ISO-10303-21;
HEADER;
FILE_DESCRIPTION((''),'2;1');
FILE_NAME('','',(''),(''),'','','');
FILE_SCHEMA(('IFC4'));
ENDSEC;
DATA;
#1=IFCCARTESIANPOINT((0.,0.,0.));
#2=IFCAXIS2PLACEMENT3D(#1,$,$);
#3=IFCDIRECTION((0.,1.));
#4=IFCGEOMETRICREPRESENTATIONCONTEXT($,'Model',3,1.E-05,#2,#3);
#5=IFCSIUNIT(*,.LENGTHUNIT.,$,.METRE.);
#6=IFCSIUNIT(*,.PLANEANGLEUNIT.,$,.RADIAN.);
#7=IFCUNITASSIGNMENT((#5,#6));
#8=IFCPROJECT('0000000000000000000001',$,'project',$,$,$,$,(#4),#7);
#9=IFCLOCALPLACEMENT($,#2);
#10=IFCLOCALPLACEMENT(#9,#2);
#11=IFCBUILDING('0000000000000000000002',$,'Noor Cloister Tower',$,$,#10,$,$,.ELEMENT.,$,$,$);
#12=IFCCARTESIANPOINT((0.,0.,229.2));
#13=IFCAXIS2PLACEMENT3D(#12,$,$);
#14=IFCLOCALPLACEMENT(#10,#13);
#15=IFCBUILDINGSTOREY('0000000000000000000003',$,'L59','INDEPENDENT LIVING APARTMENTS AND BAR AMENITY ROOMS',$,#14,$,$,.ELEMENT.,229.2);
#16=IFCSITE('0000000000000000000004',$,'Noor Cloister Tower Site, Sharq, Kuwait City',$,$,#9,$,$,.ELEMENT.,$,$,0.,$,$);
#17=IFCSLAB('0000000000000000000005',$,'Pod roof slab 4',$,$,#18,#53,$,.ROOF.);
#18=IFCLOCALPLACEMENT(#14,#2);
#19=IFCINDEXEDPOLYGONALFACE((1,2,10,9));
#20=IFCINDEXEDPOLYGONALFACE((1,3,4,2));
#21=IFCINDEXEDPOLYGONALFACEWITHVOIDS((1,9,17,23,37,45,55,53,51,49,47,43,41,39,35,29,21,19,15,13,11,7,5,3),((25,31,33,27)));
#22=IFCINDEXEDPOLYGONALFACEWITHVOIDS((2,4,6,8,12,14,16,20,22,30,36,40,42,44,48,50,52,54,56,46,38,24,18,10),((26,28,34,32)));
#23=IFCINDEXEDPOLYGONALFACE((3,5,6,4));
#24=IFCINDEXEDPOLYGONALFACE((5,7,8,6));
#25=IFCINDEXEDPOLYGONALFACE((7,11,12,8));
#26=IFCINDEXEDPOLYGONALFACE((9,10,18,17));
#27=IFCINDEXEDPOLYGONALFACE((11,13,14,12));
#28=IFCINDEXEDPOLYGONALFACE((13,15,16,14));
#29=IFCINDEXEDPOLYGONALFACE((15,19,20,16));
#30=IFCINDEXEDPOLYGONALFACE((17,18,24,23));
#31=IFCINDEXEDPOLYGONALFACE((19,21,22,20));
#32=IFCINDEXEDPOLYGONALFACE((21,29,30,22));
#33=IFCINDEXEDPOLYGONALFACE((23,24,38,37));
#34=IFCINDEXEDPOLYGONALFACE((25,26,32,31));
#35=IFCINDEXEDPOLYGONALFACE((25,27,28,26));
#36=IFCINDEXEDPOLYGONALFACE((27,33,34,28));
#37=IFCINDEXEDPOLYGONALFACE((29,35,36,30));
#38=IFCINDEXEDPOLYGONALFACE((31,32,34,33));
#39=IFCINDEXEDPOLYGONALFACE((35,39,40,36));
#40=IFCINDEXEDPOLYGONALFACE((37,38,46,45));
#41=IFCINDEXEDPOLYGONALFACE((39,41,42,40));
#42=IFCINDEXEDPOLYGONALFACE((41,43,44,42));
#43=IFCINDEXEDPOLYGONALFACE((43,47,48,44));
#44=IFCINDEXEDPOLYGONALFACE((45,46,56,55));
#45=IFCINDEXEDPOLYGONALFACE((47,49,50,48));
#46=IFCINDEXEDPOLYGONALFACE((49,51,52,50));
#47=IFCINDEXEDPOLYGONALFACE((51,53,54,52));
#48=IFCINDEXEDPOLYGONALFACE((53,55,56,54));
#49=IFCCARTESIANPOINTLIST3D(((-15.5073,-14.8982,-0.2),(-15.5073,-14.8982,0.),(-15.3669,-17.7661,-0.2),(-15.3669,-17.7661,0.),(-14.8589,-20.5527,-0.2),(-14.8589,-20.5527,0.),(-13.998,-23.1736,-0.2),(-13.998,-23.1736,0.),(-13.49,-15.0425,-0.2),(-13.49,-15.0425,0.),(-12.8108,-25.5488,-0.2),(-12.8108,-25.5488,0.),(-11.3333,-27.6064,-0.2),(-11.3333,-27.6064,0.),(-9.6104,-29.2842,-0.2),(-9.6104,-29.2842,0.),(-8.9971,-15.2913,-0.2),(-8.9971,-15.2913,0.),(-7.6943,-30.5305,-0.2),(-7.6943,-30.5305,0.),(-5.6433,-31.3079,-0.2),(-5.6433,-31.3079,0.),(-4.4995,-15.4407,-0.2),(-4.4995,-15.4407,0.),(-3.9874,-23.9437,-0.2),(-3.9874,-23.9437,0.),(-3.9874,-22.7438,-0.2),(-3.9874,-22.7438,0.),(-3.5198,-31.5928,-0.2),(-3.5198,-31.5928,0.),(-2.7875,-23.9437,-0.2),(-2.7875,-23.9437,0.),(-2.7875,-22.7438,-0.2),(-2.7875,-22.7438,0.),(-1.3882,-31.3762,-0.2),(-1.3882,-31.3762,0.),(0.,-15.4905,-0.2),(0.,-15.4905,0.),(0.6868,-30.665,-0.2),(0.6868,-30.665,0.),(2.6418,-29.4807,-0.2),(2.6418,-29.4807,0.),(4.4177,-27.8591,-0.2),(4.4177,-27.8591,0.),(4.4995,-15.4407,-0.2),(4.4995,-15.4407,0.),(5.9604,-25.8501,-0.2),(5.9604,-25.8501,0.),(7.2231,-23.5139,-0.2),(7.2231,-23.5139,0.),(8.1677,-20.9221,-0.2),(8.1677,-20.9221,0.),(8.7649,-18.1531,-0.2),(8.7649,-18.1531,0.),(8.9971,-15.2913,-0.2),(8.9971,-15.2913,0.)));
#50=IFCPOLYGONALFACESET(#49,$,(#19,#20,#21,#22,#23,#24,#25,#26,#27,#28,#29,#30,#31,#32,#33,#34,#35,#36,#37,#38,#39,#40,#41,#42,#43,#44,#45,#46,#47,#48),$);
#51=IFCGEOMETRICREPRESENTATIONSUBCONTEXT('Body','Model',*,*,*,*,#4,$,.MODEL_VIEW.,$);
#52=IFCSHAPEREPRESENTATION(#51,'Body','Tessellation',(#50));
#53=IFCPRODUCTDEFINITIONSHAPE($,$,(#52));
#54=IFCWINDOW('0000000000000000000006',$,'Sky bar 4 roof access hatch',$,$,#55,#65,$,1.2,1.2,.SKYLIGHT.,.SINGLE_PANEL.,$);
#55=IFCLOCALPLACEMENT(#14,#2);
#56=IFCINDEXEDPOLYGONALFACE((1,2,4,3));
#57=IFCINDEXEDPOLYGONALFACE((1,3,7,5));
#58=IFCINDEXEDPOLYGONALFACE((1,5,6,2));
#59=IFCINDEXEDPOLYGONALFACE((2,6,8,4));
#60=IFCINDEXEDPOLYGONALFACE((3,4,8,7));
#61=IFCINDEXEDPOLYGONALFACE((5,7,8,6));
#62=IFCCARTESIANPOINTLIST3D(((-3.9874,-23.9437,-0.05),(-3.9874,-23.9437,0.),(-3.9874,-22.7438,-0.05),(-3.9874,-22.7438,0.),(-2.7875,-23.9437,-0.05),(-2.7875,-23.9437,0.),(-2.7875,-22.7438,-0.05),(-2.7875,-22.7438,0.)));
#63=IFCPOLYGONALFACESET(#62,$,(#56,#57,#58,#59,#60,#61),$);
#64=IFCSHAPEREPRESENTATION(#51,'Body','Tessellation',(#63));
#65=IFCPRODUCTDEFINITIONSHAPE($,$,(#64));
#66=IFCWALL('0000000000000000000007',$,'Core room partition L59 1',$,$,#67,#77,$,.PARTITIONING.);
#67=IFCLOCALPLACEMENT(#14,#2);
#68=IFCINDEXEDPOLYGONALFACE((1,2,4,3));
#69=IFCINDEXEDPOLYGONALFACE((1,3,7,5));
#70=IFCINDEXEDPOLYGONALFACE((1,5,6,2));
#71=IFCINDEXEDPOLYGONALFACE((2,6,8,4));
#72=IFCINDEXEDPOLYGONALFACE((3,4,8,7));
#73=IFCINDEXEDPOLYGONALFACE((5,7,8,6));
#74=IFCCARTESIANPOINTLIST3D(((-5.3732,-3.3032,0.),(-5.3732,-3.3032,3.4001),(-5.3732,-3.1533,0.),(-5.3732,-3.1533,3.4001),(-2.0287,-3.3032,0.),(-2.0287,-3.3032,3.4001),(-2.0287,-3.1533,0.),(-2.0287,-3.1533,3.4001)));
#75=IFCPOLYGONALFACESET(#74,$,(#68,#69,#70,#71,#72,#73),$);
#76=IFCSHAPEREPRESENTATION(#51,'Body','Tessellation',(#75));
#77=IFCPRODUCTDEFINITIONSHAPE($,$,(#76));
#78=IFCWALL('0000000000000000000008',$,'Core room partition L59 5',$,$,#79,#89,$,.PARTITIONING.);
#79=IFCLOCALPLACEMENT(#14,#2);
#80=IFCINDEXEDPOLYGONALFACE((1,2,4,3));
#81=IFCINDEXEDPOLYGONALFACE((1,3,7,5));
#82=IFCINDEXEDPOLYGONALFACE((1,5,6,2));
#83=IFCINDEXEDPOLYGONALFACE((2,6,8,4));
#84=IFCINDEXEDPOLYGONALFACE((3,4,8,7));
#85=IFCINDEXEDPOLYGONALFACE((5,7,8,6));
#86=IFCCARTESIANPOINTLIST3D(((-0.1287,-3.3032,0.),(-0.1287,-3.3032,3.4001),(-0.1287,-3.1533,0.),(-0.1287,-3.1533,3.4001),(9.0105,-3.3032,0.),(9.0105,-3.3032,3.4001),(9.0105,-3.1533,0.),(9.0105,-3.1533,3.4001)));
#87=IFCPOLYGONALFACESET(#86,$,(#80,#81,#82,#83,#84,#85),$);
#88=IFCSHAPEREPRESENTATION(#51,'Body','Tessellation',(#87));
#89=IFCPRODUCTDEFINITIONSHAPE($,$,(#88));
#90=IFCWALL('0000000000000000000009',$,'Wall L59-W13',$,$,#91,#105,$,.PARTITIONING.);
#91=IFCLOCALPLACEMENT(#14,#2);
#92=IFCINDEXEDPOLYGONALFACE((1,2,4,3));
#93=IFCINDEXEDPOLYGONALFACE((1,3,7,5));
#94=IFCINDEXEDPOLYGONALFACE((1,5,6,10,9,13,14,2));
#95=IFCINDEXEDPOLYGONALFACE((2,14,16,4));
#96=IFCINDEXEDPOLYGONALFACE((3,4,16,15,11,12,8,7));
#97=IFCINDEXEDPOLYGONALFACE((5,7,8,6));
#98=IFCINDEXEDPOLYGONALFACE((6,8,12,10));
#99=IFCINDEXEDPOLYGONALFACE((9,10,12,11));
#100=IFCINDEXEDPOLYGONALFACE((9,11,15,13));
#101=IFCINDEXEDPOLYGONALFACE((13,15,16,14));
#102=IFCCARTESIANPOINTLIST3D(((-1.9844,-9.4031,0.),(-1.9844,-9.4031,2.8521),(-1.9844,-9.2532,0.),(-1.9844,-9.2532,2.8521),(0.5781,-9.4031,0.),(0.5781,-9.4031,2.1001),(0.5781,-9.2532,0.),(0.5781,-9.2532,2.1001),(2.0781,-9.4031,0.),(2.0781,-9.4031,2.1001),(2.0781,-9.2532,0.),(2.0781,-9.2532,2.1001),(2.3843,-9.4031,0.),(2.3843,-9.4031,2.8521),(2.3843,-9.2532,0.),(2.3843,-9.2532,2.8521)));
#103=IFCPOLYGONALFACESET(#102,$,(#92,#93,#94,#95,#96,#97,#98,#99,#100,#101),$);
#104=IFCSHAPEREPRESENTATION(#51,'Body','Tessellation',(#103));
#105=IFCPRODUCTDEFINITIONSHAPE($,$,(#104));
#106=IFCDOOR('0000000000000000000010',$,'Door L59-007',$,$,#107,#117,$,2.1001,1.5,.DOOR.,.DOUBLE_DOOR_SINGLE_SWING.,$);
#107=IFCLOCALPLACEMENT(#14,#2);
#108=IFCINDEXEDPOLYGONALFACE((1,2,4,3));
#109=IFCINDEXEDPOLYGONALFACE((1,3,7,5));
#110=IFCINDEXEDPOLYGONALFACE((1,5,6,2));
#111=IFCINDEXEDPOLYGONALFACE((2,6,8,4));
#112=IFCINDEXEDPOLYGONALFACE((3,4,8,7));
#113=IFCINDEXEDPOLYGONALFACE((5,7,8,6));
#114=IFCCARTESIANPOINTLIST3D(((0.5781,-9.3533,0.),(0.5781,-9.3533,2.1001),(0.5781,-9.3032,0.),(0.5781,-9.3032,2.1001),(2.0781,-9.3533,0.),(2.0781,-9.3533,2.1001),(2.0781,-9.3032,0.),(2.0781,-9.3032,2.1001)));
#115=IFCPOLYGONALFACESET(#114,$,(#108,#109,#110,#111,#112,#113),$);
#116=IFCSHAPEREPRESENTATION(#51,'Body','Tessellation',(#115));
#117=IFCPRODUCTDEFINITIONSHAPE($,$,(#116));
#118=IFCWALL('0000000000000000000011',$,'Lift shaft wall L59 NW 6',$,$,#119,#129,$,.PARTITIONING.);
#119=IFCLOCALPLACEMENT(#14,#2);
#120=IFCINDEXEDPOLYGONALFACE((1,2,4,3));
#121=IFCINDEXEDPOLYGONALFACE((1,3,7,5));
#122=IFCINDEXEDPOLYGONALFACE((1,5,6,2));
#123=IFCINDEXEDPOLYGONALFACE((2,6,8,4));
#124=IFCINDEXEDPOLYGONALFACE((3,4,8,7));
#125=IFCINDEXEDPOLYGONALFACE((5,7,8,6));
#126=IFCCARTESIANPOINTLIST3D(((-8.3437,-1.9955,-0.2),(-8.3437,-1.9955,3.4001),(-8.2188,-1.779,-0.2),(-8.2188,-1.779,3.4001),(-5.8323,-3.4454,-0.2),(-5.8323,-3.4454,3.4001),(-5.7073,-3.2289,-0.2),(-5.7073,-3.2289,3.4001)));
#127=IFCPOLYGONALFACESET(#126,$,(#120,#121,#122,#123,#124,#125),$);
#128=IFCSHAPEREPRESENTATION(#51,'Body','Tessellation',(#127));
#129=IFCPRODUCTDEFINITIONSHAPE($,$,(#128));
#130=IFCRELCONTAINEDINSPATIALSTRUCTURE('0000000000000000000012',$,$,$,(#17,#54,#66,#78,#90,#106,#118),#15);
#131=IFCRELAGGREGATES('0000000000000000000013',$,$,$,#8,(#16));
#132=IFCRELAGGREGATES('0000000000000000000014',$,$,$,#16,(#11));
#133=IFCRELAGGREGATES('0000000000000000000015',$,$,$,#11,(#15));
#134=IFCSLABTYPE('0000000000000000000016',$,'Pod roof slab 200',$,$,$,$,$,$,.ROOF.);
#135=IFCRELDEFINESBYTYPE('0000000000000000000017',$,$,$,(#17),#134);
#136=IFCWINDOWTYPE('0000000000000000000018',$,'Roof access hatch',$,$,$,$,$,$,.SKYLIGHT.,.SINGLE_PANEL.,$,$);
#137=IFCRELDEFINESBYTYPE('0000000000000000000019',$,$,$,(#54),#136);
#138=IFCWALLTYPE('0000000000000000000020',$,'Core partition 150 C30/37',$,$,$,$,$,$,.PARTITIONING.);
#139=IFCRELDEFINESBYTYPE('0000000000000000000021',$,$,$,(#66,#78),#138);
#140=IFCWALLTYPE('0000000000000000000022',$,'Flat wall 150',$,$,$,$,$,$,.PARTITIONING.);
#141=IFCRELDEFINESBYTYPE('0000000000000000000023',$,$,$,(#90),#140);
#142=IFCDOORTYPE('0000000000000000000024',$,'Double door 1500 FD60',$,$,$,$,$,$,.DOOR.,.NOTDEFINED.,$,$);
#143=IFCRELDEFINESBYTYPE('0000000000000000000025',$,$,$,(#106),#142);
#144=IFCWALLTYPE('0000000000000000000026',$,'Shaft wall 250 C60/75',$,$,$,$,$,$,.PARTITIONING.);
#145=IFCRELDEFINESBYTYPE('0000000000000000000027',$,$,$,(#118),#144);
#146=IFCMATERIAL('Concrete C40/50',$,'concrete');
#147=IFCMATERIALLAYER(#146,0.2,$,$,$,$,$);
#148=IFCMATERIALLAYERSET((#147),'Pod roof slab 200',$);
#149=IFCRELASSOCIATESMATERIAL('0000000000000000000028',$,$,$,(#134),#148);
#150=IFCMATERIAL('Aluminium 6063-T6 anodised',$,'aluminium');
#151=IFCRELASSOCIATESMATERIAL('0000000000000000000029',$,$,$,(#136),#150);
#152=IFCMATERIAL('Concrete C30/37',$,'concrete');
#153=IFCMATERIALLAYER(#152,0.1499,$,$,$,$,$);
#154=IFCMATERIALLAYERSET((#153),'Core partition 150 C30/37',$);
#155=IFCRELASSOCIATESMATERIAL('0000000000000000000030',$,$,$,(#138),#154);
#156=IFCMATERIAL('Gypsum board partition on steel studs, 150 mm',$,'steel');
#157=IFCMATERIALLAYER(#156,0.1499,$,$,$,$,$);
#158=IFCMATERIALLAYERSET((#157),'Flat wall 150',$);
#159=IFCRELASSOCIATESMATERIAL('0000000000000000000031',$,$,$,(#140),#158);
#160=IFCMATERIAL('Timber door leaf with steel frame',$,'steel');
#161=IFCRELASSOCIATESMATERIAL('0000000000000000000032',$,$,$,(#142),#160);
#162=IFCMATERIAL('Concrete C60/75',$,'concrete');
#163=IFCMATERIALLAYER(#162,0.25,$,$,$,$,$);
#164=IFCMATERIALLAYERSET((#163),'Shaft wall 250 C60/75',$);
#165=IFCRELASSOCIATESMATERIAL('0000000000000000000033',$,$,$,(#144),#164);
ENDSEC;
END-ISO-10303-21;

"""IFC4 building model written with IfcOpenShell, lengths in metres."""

from ifc_helpers import new_model, si_unit, direction, frame, frame_2d, origin, origin_2d, place, context, subcontext, project, spatial, polyline, rectangle, outline, extrude, material, layer, layer_set, type_object, element, fill, save


model = new_model("IFC4")

# Units and contexts
model_context = context("Model", 3, precision=1e-05, world=origin(), true_north=direction((0.0, 1.0)))
body_context = subcontext(model_context, "Body", "Model", "MODEL_VIEW")
ifc_project = project(units=[si_unit("LENGTHUNIT", "METRE"), si_unit("PLANEANGLEUNIT", "RADIAN")], contexts=[model_context])

# Site, building, storey
site_placement = place(None, origin())
site = spatial("IfcSite", under=ifc_project, at=site_placement, Name="Noor Cloister Tower Site, Sharq, Kuwait City", CompositionType="ELEMENT", RefElevation=0.0)
building_placement = place(site_placement, origin())
building = spatial("IfcBuilding", under=site, at=building_placement, Name="Noor Cloister Tower", CompositionType="ELEMENT")
storey_placement = place(building_placement, frame((0.0, 0.0, 229.2)))
storey = spatial("IfcBuildingStorey", under=building, at=storey_placement, Name="L59", Description="INDEPENDENT LIVING APARTMENTS AND BAR AMENITY ROOMS", CompositionType="ELEMENT", Elevation=229.2)

# Slab, opening, window
ifc_material_1 = material(Name="Concrete C40/50", Category="concrete")
ifc_layer_1 = layer(ifc_material_1, 0.2)
ifc_layer_set_1 = layer_set([ifc_layer_1], Name="Pod roof slab 200")
slab_type_1 = type_object("IfcSlabType", Name="Pod roof slab 200", PredefinedType="ROOF", material=ifc_layer_set_1)
slab_1_placement = place(storey_placement, frame((0.0, 0.0, -0.2)))
slab_1 = element("IfcSlab", 1, at=slab_1_placement, inside=storey, type_object=slab_type_1, Name="Pod roof slab 4", PredefinedType="ROOF", context=body_context, shape_type="SweptSolid", body=[
    extrude(outline(polyline([(-15.5073, -14.8982), (-15.3669, -17.7661), (-14.8589, -20.5527), (-13.998, -23.1736), (-12.8108, -25.5488), (-11.3333, -27.6064), (-9.6104, -29.2842), (-7.6943, -30.5305), (-5.6433, -31.3079), (-3.5198, -31.5928), (-1.3882, -31.3762), (0.6868, -30.665), (2.6418, -29.4807), (4.4177, -27.8591), (5.9604, -25.8501), (7.2231, -23.5139), (8.1677, -20.9221), (8.7649, -18.1531), (8.9971, -15.2913), (4.4995, -15.4407), (0.0, -15.4905), (-4.4995, -15.4407), (-8.9971, -15.2913), (-13.49, -15.0425), (-15.5073, -14.8982)])), origin(), (0.0, 0.0, 1.0), 0.2),
])
opening_1_placement = place(slab_1_placement, frame((-3.3875, -23.3438, 0.0)))
opening_1 = element("IfcOpeningElement", 2, at=opening_1_placement, cuts=slab_1, PredefinedType="OPENING", context=body_context, shape_type="SweptSolid", body=[
    extrude(rectangle(XDim=1.2, YDim=1.2, at=origin_2d()), origin(), (0.0, 0.0, 1.0), 0.2),
])
ifc_material_2 = material(Name="Aluminium 6063-T6 anodised", Category="aluminium")
window_type = type_object("IfcWindowType", Name="Roof access hatch", PartitioningType="SINGLE_PANEL", PredefinedType="SKYLIGHT", material=ifc_material_2)
window_placement = place(opening_1_placement, frame((0.0, 0.0, 0.1499)))
window = element("IfcWindow", 3, at=window_placement, inside=storey, type_object=window_type, Name="Sky bar 4 roof access hatch", OverallHeight=1.2, OverallWidth=1.2, PartitioningType="SINGLE_PANEL", PredefinedType="SKYLIGHT", context=body_context, shape_type="SweptSolid", body=[
    extrude(rectangle(XDim=1.2, YDim=1.2, at=origin_2d()), origin(), (0.0, 0.0, 1.0), 0.05),
])
fill(opening_1, window)

# Walls
ifc_material_3 = material(Name="Concrete C30/37", Category="concrete")
ifc_layer_2 = layer(ifc_material_3, 0.1499)
ifc_layer_set_2 = layer_set([ifc_layer_2], Name="Core partition 150 C30/37")
wall_type_1 = type_object("IfcWallType", Name="Core partition 150 C30/37", PredefinedType="PARTITIONING", material=ifc_layer_set_2)
wall_1_placement = place(storey_placement, frame((-5.3733, -3.2283, 0.0), z_axis=(0.0, 0.0, 1.0), x_axis=(1.0, 0.0, 0.0)))
element("IfcWall", 4, at=wall_1_placement, inside=storey, type_object=wall_type_1, Name="Core room partition L59 1", PredefinedType="PARTITIONING", context=body_context, shape_type="SweptSolid", body=[
    extrude(rectangle(XDim=3.3445, YDim=0.1499, at=frame_2d((1.6724, 0.0))), origin(), (0.0, 0.0, 1.0), 3.4001),
])
wall_2_placement = place(storey_placement, frame((-0.1287, -3.2283, 0.0), z_axis=(0.0, 0.0, 1.0), x_axis=(1.0, 0.0, 0.0)))
element("IfcWall", 5, at=wall_2_placement, inside=storey, type_object=wall_type_1, Name="Core room partition L59 5", PredefinedType="PARTITIONING", context=body_context, shape_type="SweptSolid", body=[
    extrude(rectangle(XDim=9.1392, YDim=0.1499, at=frame_2d((4.5696, 0.0))), origin(), (0.0, 0.0, 1.0), 3.4001),
])

# Wall, opening, door
ifc_material_4 = material(Name="Gypsum board partition on steel studs, 150 mm", Category="steel")
ifc_layer_3 = layer(ifc_material_4, 0.1499)
ifc_layer_set_3 = layer_set([ifc_layer_3], Name="Flat wall 150")
wall_type_2 = type_object("IfcWallType", Name="Flat wall 150", PredefinedType="PARTITIONING", material=ifc_layer_set_3)
wall_3_placement = place(storey_placement, frame((-1.9844, -9.3281, 0.0), z_axis=(0.0, 0.0, 1.0), x_axis=(1.0, 0.0, 0.0)))
wall_3 = element("IfcWall", 6, at=wall_3_placement, inside=storey, type_object=wall_type_2, Name="Wall L59-W13", PredefinedType="PARTITIONING", context=body_context, shape_type="SweptSolid", body=[
    extrude(rectangle(XDim=4.3687, YDim=0.1499, at=frame_2d((2.1843, 0.0))), origin(), (0.0, 0.0, 1.0), 2.8521),
])
opening_2_placement = place(wall_3_placement, frame((2.5625, 0.0, 0.0)))
opening_2 = element("IfcOpeningElement", 7, at=opening_2_placement, cuts=wall_3, PredefinedType="OPENING", context=body_context, shape_type="SweptSolid", body=[
    extrude(rectangle(XDim=1.5, YDim=2.1001, at=frame_2d((0.75, 1.05))), frame((0.0, 0.085, 0.0), z_axis=(0.0, -1.0, 0.0), x_axis=(1.0, 0.0, 0.0)), (0.0, 0.0, 1.0), 0.1699),
])
ifc_material_5 = material(Name="Timber door leaf with steel frame", Category="steel")
door_type = type_object("IfcDoorType", Name="Double door 1500 FD60", OperationType="NOTDEFINED", PredefinedType="DOOR", material=ifc_material_5)
door_placement = place(opening_2_placement, origin())
door = element("IfcDoor", 8, at=door_placement, inside=storey, type_object=door_type, Name="Door L59-007", OperationType="DOUBLE_DOOR_SINGLE_SWING", OverallHeight=2.1001, OverallWidth=1.5, PredefinedType="DOOR", context=body_context, shape_type="SweptSolid", body=[
    extrude(rectangle(XDim=1.5, YDim=2.1001, at=frame_2d((0.75, 1.05))), frame((0.0, 0.0249, 0.0), z_axis=(0.0, -1.0, 0.0), x_axis=(1.0, 0.0, 0.0)), (0.0, 0.0, 1.0), 0.05),
])
fill(opening_2, door)

# Wall
ifc_material_6 = material(Name="Concrete C60/75", Category="concrete")
ifc_layer_4 = layer(ifc_material_6, 0.25)
ifc_layer_set_4 = layer_set([ifc_layer_4], Name="Shaft wall 250 C60/75")
wall_type_3 = type_object("IfcWallType", Name="Shaft wall 250 C60/75", PredefinedType="PARTITIONING", material=ifc_layer_set_4)
wall_4_placement = place(storey_placement, frame((-8.2812, -1.8872, -0.2), z_axis=(0.0, 0.0, 1.0), x_axis=(0.866033, -0.499987, 0.0)))
element("IfcWall", 9, at=wall_4_placement, inside=storey, type_object=wall_type_3, Name="Lift shaft wall L59 NW 6", PredefinedType="PARTITIONING", context=body_context, shape_type="SweptSolid", body=[
    extrude(rectangle(XDim=2.8999, YDim=0.25, at=frame_2d((1.45, 0.0))), origin(), (0.0, 0.0, 1.0), 3.6001),
])

save(model, "model.ifc")
